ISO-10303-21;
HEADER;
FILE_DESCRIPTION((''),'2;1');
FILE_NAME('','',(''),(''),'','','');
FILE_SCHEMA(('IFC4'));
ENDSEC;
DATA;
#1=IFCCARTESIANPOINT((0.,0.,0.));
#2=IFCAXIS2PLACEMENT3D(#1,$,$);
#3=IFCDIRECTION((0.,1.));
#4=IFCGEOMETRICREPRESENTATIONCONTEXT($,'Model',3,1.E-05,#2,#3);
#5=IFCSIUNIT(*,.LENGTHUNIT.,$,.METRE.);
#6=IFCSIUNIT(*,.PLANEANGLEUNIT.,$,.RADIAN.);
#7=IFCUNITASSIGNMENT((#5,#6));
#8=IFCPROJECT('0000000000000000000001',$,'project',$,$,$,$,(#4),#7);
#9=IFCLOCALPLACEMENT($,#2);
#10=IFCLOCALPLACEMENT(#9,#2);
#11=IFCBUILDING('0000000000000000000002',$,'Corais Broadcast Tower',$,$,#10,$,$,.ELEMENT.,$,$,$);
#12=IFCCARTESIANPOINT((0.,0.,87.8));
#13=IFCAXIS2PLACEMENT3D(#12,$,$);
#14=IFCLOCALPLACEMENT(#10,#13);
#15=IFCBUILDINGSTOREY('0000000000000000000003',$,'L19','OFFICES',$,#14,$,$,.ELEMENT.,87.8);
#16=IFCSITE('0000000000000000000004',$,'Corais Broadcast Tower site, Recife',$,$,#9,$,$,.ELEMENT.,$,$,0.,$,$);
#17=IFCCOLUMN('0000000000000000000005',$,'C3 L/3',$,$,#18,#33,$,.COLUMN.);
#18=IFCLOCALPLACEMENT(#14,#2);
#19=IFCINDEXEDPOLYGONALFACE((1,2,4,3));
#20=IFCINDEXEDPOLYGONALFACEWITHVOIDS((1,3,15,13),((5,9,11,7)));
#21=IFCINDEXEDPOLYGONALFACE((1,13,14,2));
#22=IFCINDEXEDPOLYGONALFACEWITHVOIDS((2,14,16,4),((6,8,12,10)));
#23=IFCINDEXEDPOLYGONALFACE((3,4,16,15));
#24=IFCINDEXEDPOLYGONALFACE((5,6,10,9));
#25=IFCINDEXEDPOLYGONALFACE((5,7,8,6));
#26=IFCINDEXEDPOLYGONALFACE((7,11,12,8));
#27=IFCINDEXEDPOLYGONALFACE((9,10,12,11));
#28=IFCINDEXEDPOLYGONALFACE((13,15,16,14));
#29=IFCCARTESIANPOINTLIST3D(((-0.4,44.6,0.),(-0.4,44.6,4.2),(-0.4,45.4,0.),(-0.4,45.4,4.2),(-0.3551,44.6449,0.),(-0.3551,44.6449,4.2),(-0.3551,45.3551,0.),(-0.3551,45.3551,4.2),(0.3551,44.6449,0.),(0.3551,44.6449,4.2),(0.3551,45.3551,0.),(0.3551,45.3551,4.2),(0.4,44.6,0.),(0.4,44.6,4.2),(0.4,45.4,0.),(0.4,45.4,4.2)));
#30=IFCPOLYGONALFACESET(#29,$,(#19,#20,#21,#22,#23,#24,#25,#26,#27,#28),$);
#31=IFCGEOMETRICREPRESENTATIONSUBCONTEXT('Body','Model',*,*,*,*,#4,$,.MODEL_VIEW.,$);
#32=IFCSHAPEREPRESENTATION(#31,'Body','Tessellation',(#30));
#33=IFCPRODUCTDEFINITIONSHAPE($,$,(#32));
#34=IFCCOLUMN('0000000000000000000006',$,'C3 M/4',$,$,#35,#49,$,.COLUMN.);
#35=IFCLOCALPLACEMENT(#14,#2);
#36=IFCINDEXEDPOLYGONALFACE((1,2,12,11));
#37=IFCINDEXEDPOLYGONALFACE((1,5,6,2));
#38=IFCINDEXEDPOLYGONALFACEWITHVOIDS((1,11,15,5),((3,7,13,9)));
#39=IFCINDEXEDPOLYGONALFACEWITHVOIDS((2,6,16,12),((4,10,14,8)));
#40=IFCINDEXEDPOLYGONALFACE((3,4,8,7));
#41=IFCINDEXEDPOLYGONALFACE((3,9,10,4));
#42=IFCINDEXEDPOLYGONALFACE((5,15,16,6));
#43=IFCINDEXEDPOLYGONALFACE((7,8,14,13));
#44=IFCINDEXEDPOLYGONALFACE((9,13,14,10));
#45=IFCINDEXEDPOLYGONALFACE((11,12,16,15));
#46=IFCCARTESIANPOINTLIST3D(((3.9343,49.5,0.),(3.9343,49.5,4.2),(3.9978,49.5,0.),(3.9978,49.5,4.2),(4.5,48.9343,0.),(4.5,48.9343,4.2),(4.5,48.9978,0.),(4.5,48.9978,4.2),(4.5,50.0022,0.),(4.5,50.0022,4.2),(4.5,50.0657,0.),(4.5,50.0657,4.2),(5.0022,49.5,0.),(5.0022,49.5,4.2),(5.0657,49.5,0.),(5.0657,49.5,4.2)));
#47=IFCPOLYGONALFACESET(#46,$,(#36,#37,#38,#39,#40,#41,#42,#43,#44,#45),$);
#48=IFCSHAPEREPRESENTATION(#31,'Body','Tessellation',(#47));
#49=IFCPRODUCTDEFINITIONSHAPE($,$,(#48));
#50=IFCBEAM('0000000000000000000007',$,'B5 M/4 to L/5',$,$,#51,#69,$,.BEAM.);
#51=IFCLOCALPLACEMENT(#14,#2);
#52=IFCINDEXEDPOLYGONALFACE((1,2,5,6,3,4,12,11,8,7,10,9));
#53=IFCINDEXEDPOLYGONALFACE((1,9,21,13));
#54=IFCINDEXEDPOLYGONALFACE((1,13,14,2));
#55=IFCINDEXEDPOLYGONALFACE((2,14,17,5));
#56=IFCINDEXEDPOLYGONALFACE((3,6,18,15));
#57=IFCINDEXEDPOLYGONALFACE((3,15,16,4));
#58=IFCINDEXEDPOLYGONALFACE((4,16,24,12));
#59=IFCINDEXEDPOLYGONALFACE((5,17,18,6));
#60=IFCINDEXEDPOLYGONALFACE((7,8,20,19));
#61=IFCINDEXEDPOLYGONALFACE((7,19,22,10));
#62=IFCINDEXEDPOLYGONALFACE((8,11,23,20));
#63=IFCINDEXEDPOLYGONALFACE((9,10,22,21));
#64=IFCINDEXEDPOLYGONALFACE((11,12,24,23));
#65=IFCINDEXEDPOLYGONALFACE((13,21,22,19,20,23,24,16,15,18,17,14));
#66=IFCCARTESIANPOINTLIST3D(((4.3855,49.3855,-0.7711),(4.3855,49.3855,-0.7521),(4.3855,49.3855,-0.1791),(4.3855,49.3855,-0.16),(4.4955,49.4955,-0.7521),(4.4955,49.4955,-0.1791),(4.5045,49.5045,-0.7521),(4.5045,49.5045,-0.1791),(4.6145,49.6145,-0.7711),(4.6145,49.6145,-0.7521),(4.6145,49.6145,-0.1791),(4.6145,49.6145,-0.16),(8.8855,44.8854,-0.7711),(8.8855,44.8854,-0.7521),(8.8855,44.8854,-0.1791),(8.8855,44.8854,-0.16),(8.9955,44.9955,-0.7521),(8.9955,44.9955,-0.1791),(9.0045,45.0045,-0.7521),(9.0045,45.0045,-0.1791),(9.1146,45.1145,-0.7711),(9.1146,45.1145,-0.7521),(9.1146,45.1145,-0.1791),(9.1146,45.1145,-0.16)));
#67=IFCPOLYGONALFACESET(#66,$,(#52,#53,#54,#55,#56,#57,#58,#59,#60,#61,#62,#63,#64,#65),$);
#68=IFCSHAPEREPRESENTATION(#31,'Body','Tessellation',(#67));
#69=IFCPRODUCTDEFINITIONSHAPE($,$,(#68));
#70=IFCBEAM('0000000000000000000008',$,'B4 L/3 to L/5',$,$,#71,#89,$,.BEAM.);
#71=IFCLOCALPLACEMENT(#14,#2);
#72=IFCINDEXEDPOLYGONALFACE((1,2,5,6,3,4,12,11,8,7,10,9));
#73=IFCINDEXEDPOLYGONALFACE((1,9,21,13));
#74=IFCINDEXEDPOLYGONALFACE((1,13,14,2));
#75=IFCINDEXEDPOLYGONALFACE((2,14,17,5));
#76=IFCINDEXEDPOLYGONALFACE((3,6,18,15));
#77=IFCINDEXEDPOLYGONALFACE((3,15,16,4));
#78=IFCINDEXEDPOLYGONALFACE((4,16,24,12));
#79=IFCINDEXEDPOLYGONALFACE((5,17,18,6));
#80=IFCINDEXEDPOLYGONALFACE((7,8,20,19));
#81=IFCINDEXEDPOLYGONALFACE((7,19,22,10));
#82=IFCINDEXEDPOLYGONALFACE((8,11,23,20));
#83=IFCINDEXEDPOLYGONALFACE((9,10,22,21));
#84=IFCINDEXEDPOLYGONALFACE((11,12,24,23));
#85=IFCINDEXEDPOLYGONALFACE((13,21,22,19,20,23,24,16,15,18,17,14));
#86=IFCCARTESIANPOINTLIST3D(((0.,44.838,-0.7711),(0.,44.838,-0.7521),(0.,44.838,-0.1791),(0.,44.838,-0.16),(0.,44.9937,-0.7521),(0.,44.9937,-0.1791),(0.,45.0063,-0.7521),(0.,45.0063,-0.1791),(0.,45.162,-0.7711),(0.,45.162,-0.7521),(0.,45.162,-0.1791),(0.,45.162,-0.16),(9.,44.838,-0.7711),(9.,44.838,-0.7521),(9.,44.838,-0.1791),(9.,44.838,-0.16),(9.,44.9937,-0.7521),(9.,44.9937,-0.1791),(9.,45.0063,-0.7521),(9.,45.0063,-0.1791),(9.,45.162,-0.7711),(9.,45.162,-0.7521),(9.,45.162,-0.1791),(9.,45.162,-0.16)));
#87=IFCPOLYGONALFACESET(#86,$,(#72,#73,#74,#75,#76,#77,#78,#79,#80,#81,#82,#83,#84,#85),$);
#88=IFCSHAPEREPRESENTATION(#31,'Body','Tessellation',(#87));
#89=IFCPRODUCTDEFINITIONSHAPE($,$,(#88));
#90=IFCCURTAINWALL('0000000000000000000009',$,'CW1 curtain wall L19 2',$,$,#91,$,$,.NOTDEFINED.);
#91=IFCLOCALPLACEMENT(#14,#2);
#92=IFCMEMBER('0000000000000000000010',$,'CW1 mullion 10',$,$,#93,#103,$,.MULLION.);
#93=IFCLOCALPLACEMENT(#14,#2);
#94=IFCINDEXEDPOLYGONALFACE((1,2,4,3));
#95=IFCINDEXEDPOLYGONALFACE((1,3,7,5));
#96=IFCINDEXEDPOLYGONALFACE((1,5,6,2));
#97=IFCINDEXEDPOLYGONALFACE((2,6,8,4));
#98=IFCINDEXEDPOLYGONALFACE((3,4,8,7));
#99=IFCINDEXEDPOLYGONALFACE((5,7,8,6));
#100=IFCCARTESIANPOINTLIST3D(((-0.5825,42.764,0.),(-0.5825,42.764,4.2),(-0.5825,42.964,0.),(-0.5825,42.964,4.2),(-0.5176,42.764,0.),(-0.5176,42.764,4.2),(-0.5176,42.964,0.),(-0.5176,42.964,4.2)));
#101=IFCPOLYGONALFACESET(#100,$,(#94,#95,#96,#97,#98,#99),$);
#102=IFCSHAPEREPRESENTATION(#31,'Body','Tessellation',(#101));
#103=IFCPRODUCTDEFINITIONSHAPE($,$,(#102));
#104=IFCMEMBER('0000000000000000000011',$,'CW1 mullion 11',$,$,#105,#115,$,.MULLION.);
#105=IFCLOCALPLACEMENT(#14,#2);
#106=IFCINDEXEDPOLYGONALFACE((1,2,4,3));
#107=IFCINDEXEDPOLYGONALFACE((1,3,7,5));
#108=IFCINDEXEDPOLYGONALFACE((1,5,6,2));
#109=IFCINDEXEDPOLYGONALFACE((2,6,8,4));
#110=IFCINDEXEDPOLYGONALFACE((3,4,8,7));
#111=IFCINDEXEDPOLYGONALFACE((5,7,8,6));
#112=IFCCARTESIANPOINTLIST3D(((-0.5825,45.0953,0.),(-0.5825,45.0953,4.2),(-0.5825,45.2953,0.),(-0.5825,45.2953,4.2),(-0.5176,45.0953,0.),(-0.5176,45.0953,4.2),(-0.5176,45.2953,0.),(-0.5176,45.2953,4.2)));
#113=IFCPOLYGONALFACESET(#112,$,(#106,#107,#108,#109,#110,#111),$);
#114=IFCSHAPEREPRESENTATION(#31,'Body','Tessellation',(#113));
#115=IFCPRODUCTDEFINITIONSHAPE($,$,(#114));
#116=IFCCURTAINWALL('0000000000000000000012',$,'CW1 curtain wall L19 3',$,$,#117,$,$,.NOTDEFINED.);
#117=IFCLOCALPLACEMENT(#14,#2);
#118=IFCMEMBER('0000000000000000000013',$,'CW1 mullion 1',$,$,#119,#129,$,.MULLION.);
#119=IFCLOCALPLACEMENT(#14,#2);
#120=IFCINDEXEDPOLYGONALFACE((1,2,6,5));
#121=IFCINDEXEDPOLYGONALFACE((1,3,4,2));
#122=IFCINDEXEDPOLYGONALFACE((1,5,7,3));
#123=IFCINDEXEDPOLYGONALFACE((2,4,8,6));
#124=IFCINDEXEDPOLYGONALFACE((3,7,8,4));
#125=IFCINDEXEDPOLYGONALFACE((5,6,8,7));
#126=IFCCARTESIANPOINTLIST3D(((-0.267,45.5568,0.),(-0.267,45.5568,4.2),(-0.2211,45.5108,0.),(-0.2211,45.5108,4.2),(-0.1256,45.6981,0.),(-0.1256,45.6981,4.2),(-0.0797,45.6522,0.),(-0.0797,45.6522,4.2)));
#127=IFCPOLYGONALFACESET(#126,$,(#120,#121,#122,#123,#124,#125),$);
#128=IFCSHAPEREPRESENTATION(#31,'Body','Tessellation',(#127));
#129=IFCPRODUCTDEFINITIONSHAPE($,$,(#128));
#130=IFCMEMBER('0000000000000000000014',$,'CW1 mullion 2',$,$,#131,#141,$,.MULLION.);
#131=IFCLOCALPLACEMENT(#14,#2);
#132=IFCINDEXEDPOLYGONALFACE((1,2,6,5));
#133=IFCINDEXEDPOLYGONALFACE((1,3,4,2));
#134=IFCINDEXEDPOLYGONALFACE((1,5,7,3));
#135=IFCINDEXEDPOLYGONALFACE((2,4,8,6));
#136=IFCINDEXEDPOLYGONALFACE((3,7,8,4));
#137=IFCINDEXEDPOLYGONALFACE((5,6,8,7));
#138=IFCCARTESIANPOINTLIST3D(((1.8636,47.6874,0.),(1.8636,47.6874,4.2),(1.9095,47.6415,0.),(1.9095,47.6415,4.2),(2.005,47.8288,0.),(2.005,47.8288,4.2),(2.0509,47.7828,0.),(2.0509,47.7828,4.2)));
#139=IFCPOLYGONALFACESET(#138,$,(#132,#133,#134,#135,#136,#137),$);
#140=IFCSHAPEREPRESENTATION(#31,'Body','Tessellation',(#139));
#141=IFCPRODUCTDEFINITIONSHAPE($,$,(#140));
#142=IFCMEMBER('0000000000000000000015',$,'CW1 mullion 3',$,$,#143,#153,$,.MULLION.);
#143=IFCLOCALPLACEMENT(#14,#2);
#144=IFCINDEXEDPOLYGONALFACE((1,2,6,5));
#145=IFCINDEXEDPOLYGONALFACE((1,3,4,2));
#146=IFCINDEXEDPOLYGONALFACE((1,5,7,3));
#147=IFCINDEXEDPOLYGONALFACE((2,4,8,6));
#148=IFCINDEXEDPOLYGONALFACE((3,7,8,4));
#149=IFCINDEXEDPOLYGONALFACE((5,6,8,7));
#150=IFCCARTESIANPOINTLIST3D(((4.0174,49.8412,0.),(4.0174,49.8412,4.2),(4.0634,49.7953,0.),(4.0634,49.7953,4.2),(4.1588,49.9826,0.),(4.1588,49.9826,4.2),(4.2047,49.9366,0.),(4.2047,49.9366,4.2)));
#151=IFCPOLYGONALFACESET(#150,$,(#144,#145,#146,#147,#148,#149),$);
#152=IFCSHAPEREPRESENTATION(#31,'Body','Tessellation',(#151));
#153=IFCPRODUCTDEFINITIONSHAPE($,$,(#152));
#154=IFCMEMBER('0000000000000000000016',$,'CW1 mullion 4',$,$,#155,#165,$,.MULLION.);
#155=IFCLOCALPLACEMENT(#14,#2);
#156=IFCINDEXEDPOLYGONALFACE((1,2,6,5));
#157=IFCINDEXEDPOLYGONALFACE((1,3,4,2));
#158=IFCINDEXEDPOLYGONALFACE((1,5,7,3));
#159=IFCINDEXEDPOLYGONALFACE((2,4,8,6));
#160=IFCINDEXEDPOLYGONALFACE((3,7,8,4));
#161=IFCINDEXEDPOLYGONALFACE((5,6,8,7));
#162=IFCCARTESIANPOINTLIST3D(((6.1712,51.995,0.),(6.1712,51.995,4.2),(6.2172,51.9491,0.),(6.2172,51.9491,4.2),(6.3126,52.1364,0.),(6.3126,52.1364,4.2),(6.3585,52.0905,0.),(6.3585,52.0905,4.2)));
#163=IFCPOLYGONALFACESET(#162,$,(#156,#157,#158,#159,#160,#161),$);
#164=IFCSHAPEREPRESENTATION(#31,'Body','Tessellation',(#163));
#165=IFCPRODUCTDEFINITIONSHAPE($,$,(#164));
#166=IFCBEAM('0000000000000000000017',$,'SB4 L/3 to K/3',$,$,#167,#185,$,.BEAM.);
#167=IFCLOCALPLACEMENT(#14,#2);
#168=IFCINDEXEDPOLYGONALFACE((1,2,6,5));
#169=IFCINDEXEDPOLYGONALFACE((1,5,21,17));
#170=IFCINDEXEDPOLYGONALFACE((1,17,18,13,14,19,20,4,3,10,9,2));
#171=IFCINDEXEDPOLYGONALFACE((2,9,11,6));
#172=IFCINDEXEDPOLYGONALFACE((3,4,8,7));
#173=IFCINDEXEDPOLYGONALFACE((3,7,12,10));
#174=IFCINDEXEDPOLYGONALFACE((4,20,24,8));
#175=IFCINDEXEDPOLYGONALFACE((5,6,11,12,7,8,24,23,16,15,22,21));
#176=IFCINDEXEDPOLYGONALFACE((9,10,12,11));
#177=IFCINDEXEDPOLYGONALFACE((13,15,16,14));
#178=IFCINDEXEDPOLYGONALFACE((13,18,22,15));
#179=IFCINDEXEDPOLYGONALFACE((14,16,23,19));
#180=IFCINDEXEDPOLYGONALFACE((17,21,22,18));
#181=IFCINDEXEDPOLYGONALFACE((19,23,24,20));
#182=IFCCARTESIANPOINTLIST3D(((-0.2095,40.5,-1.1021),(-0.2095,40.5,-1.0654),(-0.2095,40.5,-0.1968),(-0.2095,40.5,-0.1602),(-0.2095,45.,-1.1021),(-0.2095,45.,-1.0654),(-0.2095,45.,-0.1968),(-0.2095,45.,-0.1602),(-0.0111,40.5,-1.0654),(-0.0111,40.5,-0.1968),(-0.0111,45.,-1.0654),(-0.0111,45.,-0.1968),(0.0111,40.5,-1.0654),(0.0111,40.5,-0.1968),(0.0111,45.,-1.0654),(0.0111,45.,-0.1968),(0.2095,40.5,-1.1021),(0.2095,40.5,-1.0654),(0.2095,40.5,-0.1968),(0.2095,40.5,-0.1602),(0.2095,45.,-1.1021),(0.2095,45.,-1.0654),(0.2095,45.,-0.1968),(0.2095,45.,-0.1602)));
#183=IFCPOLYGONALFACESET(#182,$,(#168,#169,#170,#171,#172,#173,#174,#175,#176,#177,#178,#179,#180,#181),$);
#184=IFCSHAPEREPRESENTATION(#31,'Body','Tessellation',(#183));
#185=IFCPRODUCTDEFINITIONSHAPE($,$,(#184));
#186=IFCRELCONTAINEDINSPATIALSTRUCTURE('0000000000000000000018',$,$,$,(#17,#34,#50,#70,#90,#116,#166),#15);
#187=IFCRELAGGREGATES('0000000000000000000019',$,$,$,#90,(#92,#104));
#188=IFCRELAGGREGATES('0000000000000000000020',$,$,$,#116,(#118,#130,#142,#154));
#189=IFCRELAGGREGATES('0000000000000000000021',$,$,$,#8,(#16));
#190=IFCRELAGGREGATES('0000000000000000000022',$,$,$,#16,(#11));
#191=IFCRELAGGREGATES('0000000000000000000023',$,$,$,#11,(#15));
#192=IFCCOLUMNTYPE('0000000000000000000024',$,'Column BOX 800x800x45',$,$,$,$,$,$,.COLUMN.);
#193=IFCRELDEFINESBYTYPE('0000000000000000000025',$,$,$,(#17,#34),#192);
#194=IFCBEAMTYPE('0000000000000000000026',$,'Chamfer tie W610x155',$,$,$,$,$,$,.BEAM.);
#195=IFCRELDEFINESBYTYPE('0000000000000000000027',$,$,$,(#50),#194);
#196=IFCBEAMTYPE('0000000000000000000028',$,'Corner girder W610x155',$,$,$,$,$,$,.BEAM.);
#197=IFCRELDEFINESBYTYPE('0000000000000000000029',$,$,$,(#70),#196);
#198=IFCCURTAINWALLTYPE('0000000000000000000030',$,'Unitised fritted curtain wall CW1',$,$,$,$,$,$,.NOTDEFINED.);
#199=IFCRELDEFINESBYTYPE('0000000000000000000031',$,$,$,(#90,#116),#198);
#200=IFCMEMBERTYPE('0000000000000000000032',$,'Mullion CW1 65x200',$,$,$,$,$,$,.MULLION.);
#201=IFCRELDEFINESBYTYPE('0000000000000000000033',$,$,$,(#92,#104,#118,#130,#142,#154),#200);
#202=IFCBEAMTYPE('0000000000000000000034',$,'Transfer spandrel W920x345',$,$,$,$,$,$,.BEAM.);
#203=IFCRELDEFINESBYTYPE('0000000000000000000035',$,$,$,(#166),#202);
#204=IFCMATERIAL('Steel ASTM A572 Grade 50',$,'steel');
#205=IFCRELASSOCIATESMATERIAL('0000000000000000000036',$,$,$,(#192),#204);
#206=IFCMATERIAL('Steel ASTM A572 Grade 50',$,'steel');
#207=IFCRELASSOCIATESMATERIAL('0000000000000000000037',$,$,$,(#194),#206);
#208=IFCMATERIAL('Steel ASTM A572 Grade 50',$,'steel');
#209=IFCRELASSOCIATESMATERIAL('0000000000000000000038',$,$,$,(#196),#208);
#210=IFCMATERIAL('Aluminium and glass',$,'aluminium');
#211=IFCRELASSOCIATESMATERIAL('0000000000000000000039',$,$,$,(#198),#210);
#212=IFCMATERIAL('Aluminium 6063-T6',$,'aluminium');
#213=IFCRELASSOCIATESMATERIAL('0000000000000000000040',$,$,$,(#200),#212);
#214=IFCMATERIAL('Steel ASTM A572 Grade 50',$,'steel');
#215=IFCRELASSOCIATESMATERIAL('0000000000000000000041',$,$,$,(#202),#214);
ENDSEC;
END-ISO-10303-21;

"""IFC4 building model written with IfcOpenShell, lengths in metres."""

from ifc_helpers import new_model, si_unit, direction, frame, origin, origin_2d, place, context, subcontext, project, spatial, rectangle, hollow_rectangle, i_section, extrude, material, material_profile, profile_set, type_object, element, aggregate, save


model = new_model("IFC4")

# Units and contexts
model_context = context("Model", 3, precision=1e-05, world=origin(), true_north=direction((0.0, 1.0)))
body_context = subcontext(model_context, "Body", "Model", "MODEL_VIEW")
ifc_project = project(units=[si_unit("LENGTHUNIT", "METRE"), si_unit("PLANEANGLEUNIT", "RADIAN")], contexts=[model_context])

# Site, building, storey
site_placement = place(None, origin())
site = spatial("IfcSite", under=ifc_project, at=site_placement, Name="Corais Broadcast Tower site, Recife", CompositionType="ELEMENT", RefElevation=0.0)
building_placement = place(site_placement, origin())
building = spatial("IfcBuilding", under=site, at=building_placement, Name="Corais Broadcast Tower", CompositionType="ELEMENT")
storey_placement = place(building_placement, frame((0.0, 0.0, 87.8)))
storey = spatial("IfcBuildingStorey", under=building, at=storey_placement, Name="L19", Description="OFFICES", CompositionType="ELEMENT", Elevation=87.8)

# Columns
ifc_material_1 = material(Name="Steel ASTM A572 Grade 50", Category="steel")
ifc_material_profile_1 = material_profile(ifc_material_1, hollow_rectangle(XDim=0.8, YDim=0.8, WallThickness=0.0449, at=origin_2d()), Name="BOX 800x800x45")
ifc_profile_set_1 = profile_set([ifc_material_profile_1], Name="Steel ASTM A572 Grade 50")
column_type = type_object("IfcColumnType", Name="Column BOX 800x800x45", PredefinedType="COLUMN", material=ifc_profile_set_1)
for number, where, z_axis, x_axis, name in (
    (1, (0.0, 45.0, 0.0), (0.0, 0.0, 1.0), (1.0, 0.0, 0.0), "C3 L/3"),
    (2, (4.5, 49.5, 0.0), (0.0, 0.0, 1.0), (0.707107, 0.707107, 0.0), "C3 M/4"),
):
    element("IfcColumn", number, at=place(storey_placement, frame(where, z_axis=z_axis, x_axis=x_axis)), inside=storey, type_object=column_type, Name=name, PredefinedType="COLUMN", context=body_context, shape_type="SweptSolid", body=[
        extrude(hollow_rectangle(XDim=0.8, YDim=0.8, WallThickness=0.0449, at=origin_2d()), origin(), (0.0, 0.0, 1.0), 4.2),
    ])

# Beams
ifc_material_2 = material(Name="Steel ASTM A572 Grade 50", Category="steel")
ifc_material_profile_2 = material_profile(ifc_material_2, i_section(OverallWidth=0.324, OverallDepth=0.6111, WebThickness=0.0127, FlangeThickness=0.019, at=origin_2d()), Name="W610x155")
ifc_profile_set_2 = profile_set([ifc_material_profile_2], Name="Steel ASTM A572 Grade 50")
beam_type_1 = type_object("IfcBeamType", Name="Chamfer tie W610x155", PredefinedType="BEAM", material=ifc_profile_set_2)
beam_1_placement = place(storey_placement, frame((4.5, 49.5, -0.4656), z_axis=(0.707107, -0.707107, 0.0), x_axis=(0.707107, 0.707107, 0.0)))
element("IfcBeam", 3, at=beam_1_placement, inside=storey, type_object=beam_type_1, Name="B5 M/4 to L/5", PredefinedType="BEAM", context=body_context, shape_type="SweptSolid", body=[
    extrude(i_section(OverallWidth=0.324, OverallDepth=0.6111, WebThickness=0.0127, FlangeThickness=0.019, at=origin_2d()), origin(), (0.0, 0.0, 1.0), 6.364),
])
ifc_material_3 = material(Name="Steel ASTM A572 Grade 50", Category="steel")
ifc_material_profile_3 = material_profile(ifc_material_3, i_section(OverallWidth=0.324, OverallDepth=0.6111, WebThickness=0.0127, FlangeThickness=0.019, at=origin_2d()), Name="W610x155")
ifc_profile_set_3 = profile_set([ifc_material_profile_3], Name="Steel ASTM A572 Grade 50")
beam_type_2 = type_object("IfcBeamType", Name="Corner girder W610x155", PredefinedType="BEAM", material=ifc_profile_set_3)
beam_2_placement = place(storey_placement, frame((0.0, 45.0, -0.4656), z_axis=(1.0, 0.0, 0.0), x_axis=(0.0, 1.0, 0.0)))
element("IfcBeam", 4, at=beam_2_placement, inside=storey, type_object=beam_type_2, Name="B4 L/3 to L/5", PredefinedType="BEAM", context=body_context, shape_type="SweptSolid", body=[
    extrude(i_section(OverallWidth=0.324, OverallDepth=0.6111, WebThickness=0.0127, FlangeThickness=0.019, at=origin_2d()), origin(), (0.0, 0.0, 1.0), 9.0),
])

# Curtain walls, members
ifc_material_4 = material(Name="Aluminium and glass", Category="aluminium")
curtain_wall_type = type_object("IfcCurtainWallType", Name="Unitised fritted curtain wall CW1", PredefinedType="NOTDEFINED", material=ifc_material_4)
curtain_wall_1_placement = place(storey_placement, origin())
curtain_wall_1 = element("IfcCurtainWall", 5, at=curtain_wall_1_placement, inside=storey, type_object=curtain_wall_type, Name="CW1 curtain wall L19 2", PredefinedType="NOTDEFINED")
ifc_material_5 = material(Name="Aluminium 6063-T6", Category="aluminium")
ifc_material_profile_4 = material_profile(ifc_material_5, rectangle(XDim=0.0649, YDim=0.2, at=origin_2d()), Name="Mullion CW1 65x200")
ifc_profile_set_4 = profile_set([ifc_material_profile_4], Name="Aluminium 6063-T6")
member_type_1 = type_object("IfcMemberType", Name="Mullion CW1 65x200", PredefinedType="MULLION", material=ifc_profile_set_4)
member_1_placement = place(storey_placement, frame((-0.55, 42.864, 0.0), z_axis=(0.0, 0.0, 1.0), x_axis=(-1.0, 0.0, 0.0)))
member_1 = element("IfcMember", 6, at=member_1_placement, type_object=member_type_1, Name="CW1 mullion 10", PredefinedType="MULLION", context=body_context, shape_type="SweptSolid", body=[
    extrude(rectangle(XDim=0.0649, YDim=0.2, at=origin_2d()), origin(), (0.0, 0.0, 1.0), 4.2),
])
member_2_placement = place(storey_placement, frame((-0.55, 45.1953, 0.0), z_axis=(0.0, 0.0, 1.0), x_axis=(-1.0, 0.0, 0.0)))
member_2 = element("IfcMember", 7, at=member_2_placement, type_object=member_type_1, Name="CW1 mullion 11", PredefinedType="MULLION", context=body_context, shape_type="SweptSolid", body=[
    extrude(rectangle(XDim=0.0649, YDim=0.2, at=origin_2d()), origin(), (0.0, 0.0, 1.0), 4.2),
])
curtain_wall_2_placement = place(storey_placement, origin())
curtain_wall_2 = element("IfcCurtainWall", 8, at=curtain_wall_2_placement, inside=storey, type_object=curtain_wall_type, Name="CW1 curtain wall L19 3", PredefinedType="NOTDEFINED")
member_3_placement = place(storey_placement, frame((-0.1733, 45.6045, 0.0), z_axis=(0.0, 0.0, 1.0), x_axis=(-0.707107, 0.707107, 0.0)))
member_3 = element("IfcMember", 9, at=member_3_placement, type_object=member_type_1, Name="CW1 mullion 1", PredefinedType="MULLION", context=body_context, shape_type="SweptSolid", body=[
    extrude(rectangle(XDim=0.0649, YDim=0.2, at=origin_2d()), origin(), (0.0, 0.0, 1.0), 4.2),
])
member_4_placement = place(storey_placement, frame((1.9573, 47.7351, 0.0), z_axis=(0.0, 0.0, 1.0), x_axis=(-0.707107, 0.707107, 0.0)))
member_4 = element("IfcMember", 10, at=member_4_placement, type_object=member_type_1, Name="CW1 mullion 2", PredefinedType="MULLION", context=body_context, shape_type="SweptSolid", body=[
    extrude(rectangle(XDim=0.0649, YDim=0.2, at=origin_2d()), origin(), (0.0, 0.0, 1.0), 4.2),
])
member_5_placement = place(storey_placement, frame((4.1111, 49.8889, 0.0), z_axis=(0.0, 0.0, 1.0), x_axis=(-0.707107, 0.707107, 0.0)))
member_5 = element("IfcMember", 11, at=member_5_placement, type_object=member_type_1, Name="CW1 mullion 3", PredefinedType="MULLION", context=body_context, shape_type="SweptSolid", body=[
    extrude(rectangle(XDim=0.0649, YDim=0.2, at=origin_2d()), origin(), (0.0, 0.0, 1.0), 4.2),
])
member_6_placement = place(storey_placement, frame((6.2649, 52.0427, 0.0), z_axis=(0.0, 0.0, 1.0), x_axis=(-0.707107, 0.707107, 0.0)))
member_6 = element("IfcMember", 12, at=member_6_placement, type_object=member_type_1, Name="CW1 mullion 4", PredefinedType="MULLION", context=body_context, shape_type="SweptSolid", body=[
    extrude(rectangle(XDim=0.0649, YDim=0.2, at=origin_2d()), origin(), (0.0, 0.0, 1.0), 4.2),
])

# Beam
ifc_material_6 = material(Name="Steel ASTM A572 Grade 50", Category="steel")
ifc_material_profile_5 = material_profile(ifc_material_6, i_section(OverallWidth=0.4189, OverallDepth=0.9419, WebThickness=0.0222, FlangeThickness=0.0366, at=origin_2d()), Name="W920x345")
ifc_profile_set_5 = profile_set([ifc_material_profile_5], Name="Steel ASTM A572 Grade 50")
beam_type_3 = type_object("IfcBeamType", Name="Transfer spandrel W920x345", PredefinedType="BEAM", material=ifc_profile_set_5)
beam_3_placement = place(storey_placement, frame((0.0, 45.0, -0.6311), z_axis=(0.0, -1.0, 0.0), x_axis=(1.0, 0.0, 0.0)))
element("IfcBeam", 13, at=beam_3_placement, inside=storey, type_object=beam_type_3, Name="SB4 L/3 to K/3", PredefinedType="BEAM", context=body_context, shape_type="SweptSolid", body=[
    extrude(i_section(OverallWidth=0.4189, OverallDepth=0.9419, WebThickness=0.0222, FlangeThickness=0.0366, at=origin_2d()), origin(), (0.0, 0.0, 1.0), 4.5),
])

aggregate(curtain_wall_1, [member_1, member_2])
aggregate(curtain_wall_2, [member_3, member_4, member_5, member_6])

save(model, "model.ifc")
